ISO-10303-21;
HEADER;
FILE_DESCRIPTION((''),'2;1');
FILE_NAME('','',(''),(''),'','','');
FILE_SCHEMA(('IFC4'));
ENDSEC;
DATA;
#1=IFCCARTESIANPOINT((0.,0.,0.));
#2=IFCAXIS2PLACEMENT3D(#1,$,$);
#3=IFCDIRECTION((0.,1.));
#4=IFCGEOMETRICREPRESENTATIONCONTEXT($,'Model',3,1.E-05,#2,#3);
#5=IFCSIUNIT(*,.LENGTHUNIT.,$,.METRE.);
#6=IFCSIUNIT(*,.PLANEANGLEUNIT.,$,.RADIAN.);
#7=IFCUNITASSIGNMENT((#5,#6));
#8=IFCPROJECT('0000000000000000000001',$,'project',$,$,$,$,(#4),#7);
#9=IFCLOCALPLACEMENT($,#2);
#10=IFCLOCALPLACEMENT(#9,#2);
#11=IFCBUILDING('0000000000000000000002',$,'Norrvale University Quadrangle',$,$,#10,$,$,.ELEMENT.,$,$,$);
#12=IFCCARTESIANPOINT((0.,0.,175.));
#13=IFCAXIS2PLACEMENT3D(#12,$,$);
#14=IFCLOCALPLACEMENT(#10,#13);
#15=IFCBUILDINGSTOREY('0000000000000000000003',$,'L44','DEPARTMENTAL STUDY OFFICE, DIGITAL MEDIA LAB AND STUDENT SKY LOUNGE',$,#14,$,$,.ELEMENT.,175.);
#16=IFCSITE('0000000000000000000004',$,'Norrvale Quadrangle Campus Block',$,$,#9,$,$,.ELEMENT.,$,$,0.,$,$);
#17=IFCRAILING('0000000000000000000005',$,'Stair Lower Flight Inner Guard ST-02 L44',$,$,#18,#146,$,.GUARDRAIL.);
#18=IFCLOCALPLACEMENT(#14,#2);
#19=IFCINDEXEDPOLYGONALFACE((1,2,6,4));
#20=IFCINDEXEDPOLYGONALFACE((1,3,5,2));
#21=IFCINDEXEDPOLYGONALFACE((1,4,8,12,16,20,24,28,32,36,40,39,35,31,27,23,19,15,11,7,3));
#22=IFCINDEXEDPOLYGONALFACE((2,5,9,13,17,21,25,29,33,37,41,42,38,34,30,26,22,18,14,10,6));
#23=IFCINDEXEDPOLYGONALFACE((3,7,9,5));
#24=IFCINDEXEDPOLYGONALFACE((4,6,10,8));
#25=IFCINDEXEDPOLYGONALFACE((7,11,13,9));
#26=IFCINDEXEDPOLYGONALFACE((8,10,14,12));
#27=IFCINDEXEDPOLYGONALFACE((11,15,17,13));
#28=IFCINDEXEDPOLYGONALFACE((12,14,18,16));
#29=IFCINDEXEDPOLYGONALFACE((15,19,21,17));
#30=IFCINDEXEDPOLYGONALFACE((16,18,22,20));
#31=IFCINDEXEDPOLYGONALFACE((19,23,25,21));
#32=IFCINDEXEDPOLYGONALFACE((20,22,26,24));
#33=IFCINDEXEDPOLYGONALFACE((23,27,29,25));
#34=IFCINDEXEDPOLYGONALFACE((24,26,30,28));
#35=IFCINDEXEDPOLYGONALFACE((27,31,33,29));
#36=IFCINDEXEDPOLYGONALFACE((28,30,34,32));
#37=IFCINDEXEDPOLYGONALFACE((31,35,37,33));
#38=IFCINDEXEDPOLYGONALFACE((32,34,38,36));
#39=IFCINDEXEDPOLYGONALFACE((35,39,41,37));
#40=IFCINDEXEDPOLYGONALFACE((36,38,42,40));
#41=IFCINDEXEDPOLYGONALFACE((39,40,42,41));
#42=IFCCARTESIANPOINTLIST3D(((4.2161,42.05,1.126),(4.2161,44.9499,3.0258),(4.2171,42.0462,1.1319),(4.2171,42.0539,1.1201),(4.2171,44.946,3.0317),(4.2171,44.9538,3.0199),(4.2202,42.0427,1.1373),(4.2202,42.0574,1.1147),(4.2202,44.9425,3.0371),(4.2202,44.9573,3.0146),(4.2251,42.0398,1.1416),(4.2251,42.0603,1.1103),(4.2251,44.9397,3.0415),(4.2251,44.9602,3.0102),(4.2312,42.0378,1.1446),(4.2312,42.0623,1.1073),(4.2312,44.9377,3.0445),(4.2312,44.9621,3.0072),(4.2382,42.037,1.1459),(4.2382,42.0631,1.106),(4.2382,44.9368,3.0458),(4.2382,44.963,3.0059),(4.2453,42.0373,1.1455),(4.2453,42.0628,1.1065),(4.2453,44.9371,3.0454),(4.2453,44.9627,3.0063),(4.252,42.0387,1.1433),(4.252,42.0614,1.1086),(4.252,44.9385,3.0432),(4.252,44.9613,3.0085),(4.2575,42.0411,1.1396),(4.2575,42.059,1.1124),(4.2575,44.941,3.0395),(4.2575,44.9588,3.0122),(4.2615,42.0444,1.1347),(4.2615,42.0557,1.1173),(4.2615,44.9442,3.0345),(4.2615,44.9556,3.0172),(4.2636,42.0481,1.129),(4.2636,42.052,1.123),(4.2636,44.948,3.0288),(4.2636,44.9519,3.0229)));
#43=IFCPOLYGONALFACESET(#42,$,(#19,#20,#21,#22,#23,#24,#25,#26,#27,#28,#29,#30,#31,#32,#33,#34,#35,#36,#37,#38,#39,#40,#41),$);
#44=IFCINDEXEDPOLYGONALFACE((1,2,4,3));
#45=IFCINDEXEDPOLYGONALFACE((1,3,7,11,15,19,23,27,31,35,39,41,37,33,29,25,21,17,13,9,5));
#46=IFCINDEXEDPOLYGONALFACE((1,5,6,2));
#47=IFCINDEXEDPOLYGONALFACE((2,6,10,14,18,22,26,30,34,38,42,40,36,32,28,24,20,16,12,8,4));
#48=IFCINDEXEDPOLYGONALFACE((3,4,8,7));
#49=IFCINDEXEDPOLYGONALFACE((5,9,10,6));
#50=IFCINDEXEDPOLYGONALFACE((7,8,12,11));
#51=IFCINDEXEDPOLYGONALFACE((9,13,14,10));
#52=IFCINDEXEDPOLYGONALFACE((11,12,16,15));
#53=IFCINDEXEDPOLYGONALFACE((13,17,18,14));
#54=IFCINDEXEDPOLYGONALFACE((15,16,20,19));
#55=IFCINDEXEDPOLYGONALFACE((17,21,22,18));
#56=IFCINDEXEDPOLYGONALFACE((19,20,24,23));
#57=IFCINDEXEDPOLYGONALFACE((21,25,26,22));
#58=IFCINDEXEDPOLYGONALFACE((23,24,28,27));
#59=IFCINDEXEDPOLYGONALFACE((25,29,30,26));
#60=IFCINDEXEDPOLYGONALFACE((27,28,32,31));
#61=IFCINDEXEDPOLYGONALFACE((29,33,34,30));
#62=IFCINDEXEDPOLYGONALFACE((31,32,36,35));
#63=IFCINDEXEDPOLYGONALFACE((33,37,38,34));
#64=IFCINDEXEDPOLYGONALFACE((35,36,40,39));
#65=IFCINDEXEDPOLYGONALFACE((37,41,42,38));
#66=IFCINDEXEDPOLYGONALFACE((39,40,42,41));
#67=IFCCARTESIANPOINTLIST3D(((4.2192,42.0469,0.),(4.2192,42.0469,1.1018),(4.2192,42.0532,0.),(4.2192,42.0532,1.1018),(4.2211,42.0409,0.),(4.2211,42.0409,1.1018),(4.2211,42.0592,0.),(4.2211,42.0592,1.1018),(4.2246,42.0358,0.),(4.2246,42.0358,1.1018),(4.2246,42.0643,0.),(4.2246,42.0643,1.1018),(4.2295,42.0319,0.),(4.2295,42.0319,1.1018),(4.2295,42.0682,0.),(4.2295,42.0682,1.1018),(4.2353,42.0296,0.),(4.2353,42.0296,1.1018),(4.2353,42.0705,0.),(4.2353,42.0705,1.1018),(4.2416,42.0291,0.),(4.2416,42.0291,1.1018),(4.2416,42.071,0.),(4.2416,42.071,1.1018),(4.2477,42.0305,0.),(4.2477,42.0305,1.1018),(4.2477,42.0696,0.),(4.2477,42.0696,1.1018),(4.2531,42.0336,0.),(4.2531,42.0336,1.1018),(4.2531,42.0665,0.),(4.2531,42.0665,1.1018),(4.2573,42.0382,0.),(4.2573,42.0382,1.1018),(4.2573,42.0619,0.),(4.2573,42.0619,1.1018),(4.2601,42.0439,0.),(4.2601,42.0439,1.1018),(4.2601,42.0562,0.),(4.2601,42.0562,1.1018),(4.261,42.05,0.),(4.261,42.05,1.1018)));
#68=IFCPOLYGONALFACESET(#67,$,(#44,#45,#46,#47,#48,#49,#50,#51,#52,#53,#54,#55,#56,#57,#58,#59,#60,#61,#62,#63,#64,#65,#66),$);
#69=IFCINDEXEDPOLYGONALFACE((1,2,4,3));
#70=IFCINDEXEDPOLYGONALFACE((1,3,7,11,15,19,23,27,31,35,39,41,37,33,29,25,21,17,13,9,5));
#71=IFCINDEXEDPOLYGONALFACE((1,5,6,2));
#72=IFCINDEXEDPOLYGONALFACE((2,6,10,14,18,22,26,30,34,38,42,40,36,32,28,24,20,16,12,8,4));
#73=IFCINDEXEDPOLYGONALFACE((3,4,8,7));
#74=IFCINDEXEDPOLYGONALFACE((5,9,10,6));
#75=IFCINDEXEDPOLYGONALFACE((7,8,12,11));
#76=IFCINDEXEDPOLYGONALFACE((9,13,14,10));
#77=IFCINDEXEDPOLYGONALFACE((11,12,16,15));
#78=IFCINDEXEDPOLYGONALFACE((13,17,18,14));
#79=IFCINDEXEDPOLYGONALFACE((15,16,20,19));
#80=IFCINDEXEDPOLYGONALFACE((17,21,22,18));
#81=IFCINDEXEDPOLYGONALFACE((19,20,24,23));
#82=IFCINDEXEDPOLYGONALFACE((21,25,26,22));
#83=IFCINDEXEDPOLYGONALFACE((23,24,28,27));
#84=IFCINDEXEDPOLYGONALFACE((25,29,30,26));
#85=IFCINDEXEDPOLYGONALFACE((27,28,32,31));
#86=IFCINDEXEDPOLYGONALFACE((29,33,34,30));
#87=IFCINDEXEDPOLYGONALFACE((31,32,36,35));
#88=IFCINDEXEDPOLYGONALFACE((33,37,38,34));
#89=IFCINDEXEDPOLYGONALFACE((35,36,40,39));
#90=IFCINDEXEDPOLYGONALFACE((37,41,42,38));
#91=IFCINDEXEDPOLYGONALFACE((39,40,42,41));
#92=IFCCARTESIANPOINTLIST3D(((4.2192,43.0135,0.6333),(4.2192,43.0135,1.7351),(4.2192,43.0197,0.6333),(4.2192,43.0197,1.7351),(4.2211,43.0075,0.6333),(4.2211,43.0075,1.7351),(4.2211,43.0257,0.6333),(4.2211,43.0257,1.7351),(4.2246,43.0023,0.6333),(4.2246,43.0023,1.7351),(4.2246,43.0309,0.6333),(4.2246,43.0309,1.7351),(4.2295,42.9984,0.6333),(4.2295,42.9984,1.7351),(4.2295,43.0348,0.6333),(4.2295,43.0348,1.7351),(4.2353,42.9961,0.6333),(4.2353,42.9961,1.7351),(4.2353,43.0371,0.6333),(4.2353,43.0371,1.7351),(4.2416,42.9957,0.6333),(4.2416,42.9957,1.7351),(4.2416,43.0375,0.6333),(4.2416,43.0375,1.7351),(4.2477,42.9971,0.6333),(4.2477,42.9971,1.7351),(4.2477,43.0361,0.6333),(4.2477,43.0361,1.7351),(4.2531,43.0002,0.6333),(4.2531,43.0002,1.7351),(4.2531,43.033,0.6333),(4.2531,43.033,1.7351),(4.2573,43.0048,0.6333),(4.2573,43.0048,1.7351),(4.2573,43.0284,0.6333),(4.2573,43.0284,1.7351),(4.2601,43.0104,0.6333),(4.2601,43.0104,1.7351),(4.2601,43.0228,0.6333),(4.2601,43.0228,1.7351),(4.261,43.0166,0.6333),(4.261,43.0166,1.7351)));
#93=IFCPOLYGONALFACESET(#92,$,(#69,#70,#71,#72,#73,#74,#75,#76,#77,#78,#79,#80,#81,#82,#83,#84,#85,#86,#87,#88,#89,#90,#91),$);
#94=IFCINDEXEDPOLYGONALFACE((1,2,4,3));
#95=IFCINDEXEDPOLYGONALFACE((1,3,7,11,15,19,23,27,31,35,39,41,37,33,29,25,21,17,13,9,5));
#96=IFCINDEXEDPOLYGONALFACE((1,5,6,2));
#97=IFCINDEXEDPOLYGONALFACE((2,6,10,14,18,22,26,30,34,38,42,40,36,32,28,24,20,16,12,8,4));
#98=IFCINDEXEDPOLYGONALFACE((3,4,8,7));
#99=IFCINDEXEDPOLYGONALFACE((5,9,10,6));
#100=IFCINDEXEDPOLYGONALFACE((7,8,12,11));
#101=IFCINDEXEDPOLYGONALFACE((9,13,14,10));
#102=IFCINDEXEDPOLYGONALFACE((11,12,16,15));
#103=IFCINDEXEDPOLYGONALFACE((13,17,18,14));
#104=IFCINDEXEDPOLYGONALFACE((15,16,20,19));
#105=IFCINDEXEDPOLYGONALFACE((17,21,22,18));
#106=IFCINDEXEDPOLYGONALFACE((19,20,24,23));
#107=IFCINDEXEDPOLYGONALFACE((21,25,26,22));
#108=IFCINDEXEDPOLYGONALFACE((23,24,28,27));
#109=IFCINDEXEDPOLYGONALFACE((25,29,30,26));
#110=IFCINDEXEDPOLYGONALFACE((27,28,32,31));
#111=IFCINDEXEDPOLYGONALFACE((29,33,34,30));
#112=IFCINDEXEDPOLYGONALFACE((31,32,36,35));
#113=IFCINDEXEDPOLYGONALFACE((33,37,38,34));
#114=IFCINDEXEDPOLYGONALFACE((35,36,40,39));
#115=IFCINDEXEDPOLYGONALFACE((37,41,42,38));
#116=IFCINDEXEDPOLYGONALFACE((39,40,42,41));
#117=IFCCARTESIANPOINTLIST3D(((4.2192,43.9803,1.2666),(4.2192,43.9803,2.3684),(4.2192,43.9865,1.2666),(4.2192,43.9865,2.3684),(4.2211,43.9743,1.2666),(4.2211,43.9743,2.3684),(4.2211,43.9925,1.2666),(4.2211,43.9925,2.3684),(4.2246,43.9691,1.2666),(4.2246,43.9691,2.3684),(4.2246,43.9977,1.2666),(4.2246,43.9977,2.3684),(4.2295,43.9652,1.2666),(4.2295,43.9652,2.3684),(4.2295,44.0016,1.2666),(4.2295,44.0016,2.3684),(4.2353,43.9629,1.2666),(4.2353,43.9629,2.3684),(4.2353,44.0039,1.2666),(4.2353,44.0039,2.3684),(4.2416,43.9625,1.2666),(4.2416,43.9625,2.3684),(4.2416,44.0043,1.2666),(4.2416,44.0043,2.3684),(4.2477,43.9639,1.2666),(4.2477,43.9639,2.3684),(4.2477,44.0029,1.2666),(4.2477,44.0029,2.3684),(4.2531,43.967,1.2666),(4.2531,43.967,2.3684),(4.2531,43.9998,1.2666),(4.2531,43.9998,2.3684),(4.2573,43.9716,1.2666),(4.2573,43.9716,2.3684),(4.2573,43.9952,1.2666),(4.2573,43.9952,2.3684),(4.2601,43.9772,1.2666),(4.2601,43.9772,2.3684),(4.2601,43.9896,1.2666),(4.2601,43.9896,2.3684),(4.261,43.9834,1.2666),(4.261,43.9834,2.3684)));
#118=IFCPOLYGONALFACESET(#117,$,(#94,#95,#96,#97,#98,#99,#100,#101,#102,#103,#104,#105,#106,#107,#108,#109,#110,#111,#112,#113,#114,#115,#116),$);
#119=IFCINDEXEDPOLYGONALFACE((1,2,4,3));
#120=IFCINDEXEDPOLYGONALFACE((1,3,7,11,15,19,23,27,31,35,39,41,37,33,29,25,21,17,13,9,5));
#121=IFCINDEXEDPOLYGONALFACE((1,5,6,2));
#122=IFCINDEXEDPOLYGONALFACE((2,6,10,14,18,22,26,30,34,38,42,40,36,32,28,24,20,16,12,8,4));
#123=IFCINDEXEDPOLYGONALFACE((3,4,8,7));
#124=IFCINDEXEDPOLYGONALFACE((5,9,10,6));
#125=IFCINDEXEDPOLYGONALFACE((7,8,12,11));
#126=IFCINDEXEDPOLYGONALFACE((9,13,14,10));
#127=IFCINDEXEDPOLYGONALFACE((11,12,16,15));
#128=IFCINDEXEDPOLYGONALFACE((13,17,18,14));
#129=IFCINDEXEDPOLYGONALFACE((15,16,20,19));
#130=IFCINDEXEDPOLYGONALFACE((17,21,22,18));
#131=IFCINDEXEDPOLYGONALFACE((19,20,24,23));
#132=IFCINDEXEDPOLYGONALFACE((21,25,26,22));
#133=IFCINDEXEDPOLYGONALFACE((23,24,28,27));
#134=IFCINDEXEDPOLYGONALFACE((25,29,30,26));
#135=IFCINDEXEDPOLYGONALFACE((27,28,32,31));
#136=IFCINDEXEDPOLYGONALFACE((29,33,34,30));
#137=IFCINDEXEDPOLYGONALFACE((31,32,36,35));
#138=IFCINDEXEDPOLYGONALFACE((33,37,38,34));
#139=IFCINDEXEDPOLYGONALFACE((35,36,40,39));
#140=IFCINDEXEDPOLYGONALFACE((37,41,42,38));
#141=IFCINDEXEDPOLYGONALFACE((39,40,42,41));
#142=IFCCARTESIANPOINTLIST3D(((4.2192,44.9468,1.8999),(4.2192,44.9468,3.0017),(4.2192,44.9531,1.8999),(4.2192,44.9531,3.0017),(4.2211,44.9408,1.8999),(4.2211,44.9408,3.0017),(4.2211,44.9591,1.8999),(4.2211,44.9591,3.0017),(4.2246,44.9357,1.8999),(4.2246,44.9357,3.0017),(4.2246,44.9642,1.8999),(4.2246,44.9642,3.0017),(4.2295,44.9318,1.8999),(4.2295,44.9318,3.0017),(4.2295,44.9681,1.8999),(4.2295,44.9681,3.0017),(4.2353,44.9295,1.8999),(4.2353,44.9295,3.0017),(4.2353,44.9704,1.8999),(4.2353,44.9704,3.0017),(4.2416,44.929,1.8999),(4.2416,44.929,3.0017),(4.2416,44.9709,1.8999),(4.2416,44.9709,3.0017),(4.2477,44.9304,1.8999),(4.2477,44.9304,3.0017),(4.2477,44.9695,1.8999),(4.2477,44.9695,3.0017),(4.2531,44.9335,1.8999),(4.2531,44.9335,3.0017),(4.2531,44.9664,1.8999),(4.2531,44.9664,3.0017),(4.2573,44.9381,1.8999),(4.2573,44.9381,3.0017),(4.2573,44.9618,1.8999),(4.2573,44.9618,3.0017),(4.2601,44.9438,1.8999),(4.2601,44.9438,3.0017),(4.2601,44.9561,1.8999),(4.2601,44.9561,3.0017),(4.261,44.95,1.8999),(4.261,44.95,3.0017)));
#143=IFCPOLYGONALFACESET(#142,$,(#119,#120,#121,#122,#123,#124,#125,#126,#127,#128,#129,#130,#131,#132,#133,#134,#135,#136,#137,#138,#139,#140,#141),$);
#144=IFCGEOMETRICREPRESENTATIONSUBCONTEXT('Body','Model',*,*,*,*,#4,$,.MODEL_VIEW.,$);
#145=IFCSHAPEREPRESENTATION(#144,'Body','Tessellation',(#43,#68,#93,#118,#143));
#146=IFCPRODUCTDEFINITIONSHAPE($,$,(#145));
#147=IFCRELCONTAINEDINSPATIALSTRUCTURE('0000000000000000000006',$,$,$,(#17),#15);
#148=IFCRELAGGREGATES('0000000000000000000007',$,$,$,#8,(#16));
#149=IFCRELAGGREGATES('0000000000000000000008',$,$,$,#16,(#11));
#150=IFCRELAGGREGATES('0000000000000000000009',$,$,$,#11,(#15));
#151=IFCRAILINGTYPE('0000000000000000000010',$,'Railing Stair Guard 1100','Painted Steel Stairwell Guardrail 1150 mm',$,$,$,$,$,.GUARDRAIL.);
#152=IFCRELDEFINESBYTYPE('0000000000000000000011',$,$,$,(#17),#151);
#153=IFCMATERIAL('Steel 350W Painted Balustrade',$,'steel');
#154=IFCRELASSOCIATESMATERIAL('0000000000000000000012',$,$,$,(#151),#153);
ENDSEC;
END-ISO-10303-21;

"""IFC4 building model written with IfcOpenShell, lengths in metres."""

from ifc_helpers import new_model, si_unit, direction, frame, origin, origin_2d, place, context, subcontext, project, spatial, circle, extrude, material, type_object, element, save


model = new_model("IFC4")

# Units and contexts
model_context = context("Model", 3, precision=1e-05, world=origin(), true_north=direction((0.0, 1.0)))
body_context = subcontext(model_context, "Body", "Model", "MODEL_VIEW")
ifc_project = project(units=[si_unit("LENGTHUNIT", "METRE"), si_unit("PLANEANGLEUNIT", "RADIAN")], contexts=[model_context])

# Site, building, storey
site_placement = place(None, origin())
site = spatial("IfcSite", under=ifc_project, at=site_placement, Name="Norrvale Quadrangle Campus Block", CompositionType="ELEMENT", RefElevation=0.0)
building_placement = place(site_placement, origin())
building = spatial("IfcBuilding", under=site, at=building_placement, Name="Norrvale University Quadrangle", CompositionType="ELEMENT")
storey_placement = place(building_placement, frame((0.0, 0.0, 175.0)))
storey = spatial("IfcBuildingStorey", under=building, at=storey_placement, Name="L44", Description="DEPARTMENTAL STUDY OFFICE, DIGITAL MEDIA LAB AND STUDENT SKY LOUNGE", CompositionType="ELEMENT", Elevation=175.0)

# Railing
ifc_material_1 = material(Name="Steel 350W Painted Balustrade", Category="steel")
railing_type_1 = type_object("IfcRailingType", Name="Railing Stair Guard 1100", Description="Painted Steel Stairwell Guardrail 1150 mm", PredefinedType="GUARDRAIL", material=ifc_material_1)
railing_1_placement = place(storey_placement, frame((4.24, 42.05, 0.0)))
element("IfcRailing", 1, at=railing_1_placement, inside=storey, type_object=railing_type_1, Name="Stair Lower Flight Inner Guard ST-02 L44", PredefinedType="GUARDRAIL", context=body_context, shape_type="SweptSolid", body=[
    extrude(circle(Radius=0.0239, at=origin_2d()), frame((0.0, 0.0, 1.126), z_axis=(0.0, 0.836466, 0.548019), x_axis=(-1.0, 0.0, 0.0)), (0.0, 0.0, 1.0), 3.4668),
    extrude(circle(Radius=0.021, at=origin_2d()), origin(), (0.0, 0.0, 1.0), 1.1018),
    extrude(circle(Radius=0.021, at=origin_2d()), frame((0.0, 0.9666, 0.6333)), (0.0, 0.0, 1.0), 1.1018),
    extrude(circle(Radius=0.021, at=origin_2d()), frame((0.0, 1.9333, 1.2666)), (0.0, 0.0, 1.0), 1.1018),
    extrude(circle(Radius=0.021, at=origin_2d()), frame((0.0, 2.8999, 1.8999)), (0.0, 0.0, 1.0), 1.1018),
])

save(model, "model.ifc")
